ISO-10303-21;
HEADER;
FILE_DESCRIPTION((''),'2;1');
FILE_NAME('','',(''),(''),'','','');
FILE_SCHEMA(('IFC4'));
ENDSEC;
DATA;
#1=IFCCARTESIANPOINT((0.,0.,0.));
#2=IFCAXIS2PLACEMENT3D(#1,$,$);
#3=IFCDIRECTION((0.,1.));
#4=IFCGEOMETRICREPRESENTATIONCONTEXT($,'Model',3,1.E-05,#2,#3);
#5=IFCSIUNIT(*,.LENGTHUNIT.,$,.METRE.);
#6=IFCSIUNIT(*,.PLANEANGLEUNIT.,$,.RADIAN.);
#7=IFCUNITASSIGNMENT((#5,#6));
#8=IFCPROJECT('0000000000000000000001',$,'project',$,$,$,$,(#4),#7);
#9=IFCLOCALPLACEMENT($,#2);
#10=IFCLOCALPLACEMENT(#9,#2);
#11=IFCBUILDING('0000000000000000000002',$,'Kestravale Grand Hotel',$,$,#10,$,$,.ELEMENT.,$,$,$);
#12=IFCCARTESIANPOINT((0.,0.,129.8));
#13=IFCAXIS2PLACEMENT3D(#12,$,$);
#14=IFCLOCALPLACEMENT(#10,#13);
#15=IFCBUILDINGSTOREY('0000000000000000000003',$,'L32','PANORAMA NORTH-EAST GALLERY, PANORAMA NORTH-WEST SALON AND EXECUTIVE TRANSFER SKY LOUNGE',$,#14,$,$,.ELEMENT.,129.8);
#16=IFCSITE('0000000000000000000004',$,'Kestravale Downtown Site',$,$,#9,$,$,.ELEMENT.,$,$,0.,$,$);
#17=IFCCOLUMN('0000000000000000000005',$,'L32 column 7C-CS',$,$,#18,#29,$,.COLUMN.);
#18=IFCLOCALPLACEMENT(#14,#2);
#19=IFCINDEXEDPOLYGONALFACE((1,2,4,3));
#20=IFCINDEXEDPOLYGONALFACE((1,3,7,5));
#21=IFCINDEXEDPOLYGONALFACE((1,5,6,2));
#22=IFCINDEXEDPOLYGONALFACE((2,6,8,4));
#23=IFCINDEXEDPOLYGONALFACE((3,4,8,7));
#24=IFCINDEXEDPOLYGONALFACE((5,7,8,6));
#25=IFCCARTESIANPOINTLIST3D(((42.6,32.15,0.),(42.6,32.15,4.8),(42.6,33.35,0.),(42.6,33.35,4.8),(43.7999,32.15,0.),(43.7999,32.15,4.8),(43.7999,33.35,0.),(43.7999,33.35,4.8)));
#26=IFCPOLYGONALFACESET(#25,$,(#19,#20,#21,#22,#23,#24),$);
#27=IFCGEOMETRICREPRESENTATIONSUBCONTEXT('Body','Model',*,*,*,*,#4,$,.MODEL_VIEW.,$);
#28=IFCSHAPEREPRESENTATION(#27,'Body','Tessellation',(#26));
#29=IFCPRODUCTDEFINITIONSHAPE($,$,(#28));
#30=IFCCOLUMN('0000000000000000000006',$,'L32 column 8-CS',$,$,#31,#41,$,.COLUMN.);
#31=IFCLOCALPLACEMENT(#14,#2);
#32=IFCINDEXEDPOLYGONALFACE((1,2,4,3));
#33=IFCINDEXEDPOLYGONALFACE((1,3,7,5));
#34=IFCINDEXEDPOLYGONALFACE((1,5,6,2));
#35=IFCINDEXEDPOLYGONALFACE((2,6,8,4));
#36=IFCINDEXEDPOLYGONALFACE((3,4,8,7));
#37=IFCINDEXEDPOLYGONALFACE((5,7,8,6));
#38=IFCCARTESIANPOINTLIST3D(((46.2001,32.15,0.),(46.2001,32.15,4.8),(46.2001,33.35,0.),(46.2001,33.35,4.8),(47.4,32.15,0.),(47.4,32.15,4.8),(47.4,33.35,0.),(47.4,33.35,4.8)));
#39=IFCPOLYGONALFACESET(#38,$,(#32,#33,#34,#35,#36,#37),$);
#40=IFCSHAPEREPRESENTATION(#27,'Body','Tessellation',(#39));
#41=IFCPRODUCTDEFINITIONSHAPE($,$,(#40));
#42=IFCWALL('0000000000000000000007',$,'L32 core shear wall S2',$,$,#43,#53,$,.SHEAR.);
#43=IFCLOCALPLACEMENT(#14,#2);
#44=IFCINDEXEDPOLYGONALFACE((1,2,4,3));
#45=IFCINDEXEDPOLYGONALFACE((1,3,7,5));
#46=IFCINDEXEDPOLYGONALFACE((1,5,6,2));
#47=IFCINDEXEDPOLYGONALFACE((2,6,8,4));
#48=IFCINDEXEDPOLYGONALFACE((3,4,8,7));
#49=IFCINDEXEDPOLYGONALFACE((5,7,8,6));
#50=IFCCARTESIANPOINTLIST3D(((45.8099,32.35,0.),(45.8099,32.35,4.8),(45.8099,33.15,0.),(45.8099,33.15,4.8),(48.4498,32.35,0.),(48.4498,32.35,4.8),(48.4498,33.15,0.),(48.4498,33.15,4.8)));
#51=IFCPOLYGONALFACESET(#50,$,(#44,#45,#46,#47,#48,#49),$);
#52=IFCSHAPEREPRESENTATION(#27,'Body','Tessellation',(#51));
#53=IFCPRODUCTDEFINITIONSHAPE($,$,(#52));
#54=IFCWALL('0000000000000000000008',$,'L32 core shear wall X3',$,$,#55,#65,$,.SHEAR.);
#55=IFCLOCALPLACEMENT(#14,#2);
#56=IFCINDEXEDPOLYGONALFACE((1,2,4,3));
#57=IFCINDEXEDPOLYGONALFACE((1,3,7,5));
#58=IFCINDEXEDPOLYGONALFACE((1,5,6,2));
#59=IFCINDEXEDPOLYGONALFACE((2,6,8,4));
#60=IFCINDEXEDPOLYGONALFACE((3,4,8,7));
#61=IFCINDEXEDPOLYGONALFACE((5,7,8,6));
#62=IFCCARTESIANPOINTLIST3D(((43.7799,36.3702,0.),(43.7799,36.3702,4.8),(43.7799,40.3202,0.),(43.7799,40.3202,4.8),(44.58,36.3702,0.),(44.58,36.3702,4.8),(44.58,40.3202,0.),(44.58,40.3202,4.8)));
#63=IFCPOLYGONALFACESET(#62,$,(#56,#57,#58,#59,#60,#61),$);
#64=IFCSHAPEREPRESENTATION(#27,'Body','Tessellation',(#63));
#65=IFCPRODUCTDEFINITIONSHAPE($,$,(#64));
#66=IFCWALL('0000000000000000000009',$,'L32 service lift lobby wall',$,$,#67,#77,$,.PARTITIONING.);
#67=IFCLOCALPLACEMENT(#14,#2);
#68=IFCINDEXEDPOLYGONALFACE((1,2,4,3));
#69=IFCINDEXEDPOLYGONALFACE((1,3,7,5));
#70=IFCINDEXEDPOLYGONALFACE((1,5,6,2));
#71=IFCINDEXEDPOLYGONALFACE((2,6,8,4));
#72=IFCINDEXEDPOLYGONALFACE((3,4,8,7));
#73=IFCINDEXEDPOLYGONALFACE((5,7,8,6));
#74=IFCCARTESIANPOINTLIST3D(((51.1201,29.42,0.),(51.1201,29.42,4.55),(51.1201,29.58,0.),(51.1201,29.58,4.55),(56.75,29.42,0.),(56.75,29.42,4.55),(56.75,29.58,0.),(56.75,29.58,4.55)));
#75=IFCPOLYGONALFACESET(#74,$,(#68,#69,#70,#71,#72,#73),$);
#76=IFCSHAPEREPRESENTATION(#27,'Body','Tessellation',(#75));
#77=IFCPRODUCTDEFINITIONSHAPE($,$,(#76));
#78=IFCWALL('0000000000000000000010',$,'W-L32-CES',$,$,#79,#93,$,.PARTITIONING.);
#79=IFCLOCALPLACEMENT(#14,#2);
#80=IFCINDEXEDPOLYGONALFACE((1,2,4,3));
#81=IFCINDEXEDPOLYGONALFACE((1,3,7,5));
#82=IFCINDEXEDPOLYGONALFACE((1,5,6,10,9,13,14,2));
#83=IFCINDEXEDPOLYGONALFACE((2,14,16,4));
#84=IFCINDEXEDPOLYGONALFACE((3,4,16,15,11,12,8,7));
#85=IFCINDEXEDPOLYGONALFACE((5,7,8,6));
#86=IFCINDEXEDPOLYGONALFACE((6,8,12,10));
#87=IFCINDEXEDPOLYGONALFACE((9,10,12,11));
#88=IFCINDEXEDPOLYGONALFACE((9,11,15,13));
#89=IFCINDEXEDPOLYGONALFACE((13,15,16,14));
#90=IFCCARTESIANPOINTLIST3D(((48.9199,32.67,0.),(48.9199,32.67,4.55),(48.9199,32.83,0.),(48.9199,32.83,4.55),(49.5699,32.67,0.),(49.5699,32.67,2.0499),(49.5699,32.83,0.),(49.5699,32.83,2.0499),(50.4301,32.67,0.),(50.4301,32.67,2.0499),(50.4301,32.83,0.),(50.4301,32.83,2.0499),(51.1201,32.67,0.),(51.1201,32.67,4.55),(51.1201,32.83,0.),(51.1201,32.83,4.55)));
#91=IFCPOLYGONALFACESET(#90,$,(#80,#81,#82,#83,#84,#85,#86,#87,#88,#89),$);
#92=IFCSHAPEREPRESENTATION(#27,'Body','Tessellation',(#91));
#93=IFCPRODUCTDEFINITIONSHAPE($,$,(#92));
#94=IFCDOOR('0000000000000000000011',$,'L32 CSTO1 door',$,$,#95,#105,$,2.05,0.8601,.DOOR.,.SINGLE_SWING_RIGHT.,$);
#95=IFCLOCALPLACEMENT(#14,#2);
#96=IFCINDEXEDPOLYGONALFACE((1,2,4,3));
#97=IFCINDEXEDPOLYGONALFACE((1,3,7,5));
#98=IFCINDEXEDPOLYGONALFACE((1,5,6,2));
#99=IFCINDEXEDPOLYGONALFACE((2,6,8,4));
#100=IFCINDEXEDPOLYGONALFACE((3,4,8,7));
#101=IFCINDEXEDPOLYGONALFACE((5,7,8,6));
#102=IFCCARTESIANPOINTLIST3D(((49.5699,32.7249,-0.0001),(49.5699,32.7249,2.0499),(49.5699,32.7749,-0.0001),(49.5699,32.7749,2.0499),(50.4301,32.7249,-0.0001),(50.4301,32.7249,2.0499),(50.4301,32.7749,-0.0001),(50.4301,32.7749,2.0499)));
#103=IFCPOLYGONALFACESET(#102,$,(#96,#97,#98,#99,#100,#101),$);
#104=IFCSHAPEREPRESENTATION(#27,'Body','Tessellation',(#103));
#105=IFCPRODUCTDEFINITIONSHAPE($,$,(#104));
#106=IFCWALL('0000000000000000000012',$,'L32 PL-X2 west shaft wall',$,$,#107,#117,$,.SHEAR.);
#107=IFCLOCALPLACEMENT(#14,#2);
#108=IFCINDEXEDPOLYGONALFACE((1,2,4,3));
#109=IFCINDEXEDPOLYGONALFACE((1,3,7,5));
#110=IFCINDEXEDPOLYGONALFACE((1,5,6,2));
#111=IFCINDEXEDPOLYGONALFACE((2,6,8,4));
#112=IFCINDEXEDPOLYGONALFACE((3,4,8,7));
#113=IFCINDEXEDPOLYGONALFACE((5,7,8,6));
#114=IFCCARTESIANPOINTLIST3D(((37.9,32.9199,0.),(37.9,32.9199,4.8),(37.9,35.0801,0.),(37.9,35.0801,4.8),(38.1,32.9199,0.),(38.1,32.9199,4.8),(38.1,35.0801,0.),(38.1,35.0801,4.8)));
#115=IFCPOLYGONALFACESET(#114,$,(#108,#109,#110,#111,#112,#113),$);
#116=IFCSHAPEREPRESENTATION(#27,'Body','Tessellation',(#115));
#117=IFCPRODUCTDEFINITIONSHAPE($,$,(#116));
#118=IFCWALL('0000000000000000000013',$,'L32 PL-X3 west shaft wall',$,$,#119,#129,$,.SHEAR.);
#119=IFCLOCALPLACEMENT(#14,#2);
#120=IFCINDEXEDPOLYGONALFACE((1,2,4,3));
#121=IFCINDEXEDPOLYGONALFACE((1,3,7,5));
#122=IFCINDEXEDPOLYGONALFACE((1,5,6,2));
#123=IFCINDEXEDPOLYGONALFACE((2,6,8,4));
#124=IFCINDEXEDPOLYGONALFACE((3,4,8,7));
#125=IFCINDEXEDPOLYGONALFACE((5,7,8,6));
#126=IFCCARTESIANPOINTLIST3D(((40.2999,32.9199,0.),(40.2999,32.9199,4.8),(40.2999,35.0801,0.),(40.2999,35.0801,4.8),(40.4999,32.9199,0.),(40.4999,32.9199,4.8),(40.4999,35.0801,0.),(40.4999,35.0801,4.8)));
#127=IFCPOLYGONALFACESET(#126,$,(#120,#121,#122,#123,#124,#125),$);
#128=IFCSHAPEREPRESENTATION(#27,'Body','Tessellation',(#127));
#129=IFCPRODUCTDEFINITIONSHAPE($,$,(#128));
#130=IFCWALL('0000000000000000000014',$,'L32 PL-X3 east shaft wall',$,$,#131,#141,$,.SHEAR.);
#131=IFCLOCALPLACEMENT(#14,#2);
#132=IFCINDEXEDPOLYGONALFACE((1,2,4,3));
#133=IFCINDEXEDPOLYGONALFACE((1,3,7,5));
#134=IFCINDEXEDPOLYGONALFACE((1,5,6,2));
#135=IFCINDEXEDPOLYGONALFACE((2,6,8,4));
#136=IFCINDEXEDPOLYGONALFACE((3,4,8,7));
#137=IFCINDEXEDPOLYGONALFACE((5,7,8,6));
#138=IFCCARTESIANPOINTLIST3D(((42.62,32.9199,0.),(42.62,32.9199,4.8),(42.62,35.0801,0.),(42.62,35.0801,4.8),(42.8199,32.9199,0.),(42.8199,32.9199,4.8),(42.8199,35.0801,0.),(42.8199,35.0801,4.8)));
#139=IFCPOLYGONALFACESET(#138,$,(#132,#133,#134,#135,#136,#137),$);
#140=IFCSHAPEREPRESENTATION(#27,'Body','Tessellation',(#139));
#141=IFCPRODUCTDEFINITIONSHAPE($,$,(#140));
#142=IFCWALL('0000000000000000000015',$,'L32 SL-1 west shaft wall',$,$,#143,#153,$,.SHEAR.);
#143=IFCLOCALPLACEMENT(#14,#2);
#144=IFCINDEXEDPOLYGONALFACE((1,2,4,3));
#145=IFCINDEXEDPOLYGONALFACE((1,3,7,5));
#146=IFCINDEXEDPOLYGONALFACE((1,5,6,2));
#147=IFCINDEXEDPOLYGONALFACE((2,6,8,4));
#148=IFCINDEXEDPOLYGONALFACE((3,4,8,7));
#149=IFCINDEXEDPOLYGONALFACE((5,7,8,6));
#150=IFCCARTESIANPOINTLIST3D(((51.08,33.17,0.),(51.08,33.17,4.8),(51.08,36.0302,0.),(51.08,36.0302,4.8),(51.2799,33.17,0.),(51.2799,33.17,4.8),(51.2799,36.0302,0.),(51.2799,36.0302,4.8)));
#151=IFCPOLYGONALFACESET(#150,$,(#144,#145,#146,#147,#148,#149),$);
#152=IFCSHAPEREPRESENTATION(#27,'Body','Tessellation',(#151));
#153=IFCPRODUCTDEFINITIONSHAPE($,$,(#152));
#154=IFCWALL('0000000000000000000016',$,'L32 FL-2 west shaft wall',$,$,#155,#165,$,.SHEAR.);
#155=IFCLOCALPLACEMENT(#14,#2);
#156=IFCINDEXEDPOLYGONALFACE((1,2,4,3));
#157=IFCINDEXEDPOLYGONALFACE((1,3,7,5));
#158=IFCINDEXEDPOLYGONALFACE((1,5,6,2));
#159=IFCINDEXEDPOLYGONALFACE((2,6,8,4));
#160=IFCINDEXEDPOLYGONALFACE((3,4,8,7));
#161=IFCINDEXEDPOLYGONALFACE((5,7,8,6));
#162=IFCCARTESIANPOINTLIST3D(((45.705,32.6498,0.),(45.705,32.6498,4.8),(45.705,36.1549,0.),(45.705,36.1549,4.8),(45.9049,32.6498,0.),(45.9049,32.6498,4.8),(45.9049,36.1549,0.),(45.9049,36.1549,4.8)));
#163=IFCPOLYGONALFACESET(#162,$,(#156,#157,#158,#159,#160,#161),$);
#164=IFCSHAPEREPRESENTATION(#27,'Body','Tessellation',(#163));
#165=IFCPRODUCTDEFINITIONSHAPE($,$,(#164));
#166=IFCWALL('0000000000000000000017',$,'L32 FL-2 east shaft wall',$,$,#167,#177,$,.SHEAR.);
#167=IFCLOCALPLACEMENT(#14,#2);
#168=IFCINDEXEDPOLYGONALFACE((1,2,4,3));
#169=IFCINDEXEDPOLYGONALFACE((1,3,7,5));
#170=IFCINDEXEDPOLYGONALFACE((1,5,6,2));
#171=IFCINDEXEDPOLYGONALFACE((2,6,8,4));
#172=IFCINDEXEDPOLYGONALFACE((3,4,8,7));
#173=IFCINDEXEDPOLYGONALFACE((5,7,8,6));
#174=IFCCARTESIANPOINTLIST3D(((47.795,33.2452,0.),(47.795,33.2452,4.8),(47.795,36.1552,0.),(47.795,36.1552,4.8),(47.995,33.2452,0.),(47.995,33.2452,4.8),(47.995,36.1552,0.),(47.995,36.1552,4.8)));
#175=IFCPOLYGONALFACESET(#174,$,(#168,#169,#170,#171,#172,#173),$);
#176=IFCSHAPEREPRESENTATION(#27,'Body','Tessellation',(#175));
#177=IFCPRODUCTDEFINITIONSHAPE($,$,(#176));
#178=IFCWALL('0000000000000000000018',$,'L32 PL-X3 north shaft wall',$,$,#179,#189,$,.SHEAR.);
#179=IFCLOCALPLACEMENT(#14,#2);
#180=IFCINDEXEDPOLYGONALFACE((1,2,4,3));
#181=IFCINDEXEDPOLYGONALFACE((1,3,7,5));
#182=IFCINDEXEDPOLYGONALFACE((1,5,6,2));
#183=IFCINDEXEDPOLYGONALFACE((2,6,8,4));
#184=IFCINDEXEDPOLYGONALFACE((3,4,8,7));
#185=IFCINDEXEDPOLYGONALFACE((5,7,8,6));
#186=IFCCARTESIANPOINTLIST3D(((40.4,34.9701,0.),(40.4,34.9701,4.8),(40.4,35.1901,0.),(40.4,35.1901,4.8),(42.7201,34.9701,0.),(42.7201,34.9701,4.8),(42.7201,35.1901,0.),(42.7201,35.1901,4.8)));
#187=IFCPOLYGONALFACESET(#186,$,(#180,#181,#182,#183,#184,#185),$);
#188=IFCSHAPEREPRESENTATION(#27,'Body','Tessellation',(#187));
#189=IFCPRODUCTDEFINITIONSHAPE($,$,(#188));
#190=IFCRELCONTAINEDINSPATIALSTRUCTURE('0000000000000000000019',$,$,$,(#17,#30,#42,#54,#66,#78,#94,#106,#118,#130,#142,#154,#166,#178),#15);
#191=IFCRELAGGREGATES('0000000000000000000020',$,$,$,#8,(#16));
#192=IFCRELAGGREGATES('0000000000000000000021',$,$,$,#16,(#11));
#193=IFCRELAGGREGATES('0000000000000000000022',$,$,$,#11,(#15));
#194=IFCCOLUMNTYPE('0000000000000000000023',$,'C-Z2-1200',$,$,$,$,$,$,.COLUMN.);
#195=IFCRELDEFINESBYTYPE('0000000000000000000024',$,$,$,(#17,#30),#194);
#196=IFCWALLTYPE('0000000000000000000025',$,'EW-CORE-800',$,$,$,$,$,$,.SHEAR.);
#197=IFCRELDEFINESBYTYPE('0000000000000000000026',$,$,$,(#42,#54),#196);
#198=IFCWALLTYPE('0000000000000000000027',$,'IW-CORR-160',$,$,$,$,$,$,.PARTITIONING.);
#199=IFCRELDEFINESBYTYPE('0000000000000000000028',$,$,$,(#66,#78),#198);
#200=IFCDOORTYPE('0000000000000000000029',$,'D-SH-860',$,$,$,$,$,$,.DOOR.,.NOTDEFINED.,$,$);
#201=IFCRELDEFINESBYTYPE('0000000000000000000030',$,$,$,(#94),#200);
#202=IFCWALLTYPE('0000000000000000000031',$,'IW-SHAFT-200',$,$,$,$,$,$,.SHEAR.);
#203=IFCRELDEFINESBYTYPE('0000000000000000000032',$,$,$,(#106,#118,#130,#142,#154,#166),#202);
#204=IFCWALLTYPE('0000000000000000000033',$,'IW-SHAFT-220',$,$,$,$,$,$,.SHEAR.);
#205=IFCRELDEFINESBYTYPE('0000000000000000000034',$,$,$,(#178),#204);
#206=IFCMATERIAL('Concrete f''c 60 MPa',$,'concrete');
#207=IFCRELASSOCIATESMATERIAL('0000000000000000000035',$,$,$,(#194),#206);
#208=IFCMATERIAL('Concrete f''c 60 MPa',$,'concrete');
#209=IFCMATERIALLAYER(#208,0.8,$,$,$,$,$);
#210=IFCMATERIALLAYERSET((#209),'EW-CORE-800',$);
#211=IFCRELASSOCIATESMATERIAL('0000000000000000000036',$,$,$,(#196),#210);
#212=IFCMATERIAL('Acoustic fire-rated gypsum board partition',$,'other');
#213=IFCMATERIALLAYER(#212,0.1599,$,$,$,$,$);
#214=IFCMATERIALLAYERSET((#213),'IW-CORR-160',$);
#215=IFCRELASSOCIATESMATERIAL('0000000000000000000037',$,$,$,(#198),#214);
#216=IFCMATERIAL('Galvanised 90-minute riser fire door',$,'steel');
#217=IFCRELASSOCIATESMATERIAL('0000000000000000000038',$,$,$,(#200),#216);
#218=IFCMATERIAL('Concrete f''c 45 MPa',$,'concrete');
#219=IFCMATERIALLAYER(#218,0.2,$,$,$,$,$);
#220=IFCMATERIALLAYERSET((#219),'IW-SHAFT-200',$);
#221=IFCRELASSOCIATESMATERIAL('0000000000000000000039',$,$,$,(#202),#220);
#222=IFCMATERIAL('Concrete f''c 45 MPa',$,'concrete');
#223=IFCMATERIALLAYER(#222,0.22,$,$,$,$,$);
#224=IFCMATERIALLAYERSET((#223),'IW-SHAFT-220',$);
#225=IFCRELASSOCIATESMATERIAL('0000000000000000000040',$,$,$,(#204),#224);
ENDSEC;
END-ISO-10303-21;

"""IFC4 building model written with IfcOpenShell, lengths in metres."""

from ifc_helpers import new_model, si_unit, direction, frame, frame_2d, origin, origin_2d, place, context, subcontext, project, spatial, rectangle, extrude, material, layer, layer_set, material_profile, profile_set, type_object, element, fill, save


model = new_model("IFC4")

# Units and contexts
model_context = context("Model", 3, precision=1e-05, world=origin(), true_north=direction((0.0, 1.0)))
body_context = subcontext(model_context, "Body", "Model", "MODEL_VIEW")
ifc_project = project(units=[si_unit("LENGTHUNIT", "METRE"), si_unit("PLANEANGLEUNIT", "RADIAN")], contexts=[model_context])

# Site, building, storey
site_placement = place(None, origin())
site = spatial("IfcSite", under=ifc_project, at=site_placement, Name="Kestravale Downtown Site", CompositionType="ELEMENT", RefElevation=0.0)
building_placement = place(site_placement, origin())
building = spatial("IfcBuilding", under=site, at=building_placement, Name="Kestravale Grand Hotel", CompositionType="ELEMENT")
storey_placement = place(building_placement, frame((0.0, 0.0, 129.8)))
storey = spatial("IfcBuildingStorey", under=building, at=storey_placement, Name="L32", Description="PANORAMA NORTH-EAST GALLERY, PANORAMA NORTH-WEST SALON AND EXECUTIVE TRANSFER SKY LOUNGE", CompositionType="ELEMENT", Elevation=129.8)

# Columns
ifc_material_1 = material(Name="Concrete f'c 60 MPa", Category="concrete")
ifc_material_profile = material_profile(ifc_material_1, rectangle(XDim=1.2, YDim=1.2, at=origin_2d()))
ifc_profile_set = profile_set([ifc_material_profile], Name="Concrete f'c 60 MPa")
column_type = type_object("IfcColumnType", Name="C-Z2-1200", PredefinedType="COLUMN", material=ifc_profile_set)
for number, where, z_axis, x_axis, name in (
    (1, (43.2, 32.75, 0.0), (0.0, 0.0, 1.0), (1.0, 0.0, 0.0), "L32 column 7C-CS"),
    (2, (46.8, 32.75, 0.0), (0.0, 0.0, 1.0), (1.0, 0.0, 0.0), "L32 column 8-CS"),
):
    element("IfcColumn", number, at=place(storey_placement, frame(where, z_axis=z_axis, x_axis=x_axis)), inside=storey, type_object=column_type, Name=name, PredefinedType="COLUMN", context=body_context, shape_type="SweptSolid", body=[
        extrude(rectangle(XDim=1.2, YDim=1.2, at=origin_2d()), origin(), (0.0, 0.0, 1.0), 4.8),
    ])

# Walls
ifc_material_2 = material(Name="Concrete f'c 60 MPa", Category="concrete")
ifc_layer_1 = layer(ifc_material_2, 0.8)
ifc_layer_set_1 = layer_set([ifc_layer_1], Name="EW-CORE-800")
wall_type_1 = type_object("IfcWallType", Name="EW-CORE-800", PredefinedType="SHEAR", material=ifc_layer_set_1)
wall_1_placement = place(storey_placement, frame((45.8101, 32.75, 0.0), z_axis=(0.0, 0.0, 1.0), x_axis=(1.0, 0.0, 0.0)))
element("IfcWall", 3, at=wall_1_placement, inside=storey, type_object=wall_type_1, Name="L32 core shear wall S2", PredefinedType="SHEAR", context=body_context, shape_type="SweptSolid", body=[
    extrude(rectangle(XDim=2.6399, YDim=0.8, at=frame_2d((1.3198, 0.0))), origin(), (0.0, 0.0, 1.0), 4.8),
])
wall_2_placement = place(storey_placement, frame((44.1799, 36.3701, 0.0), z_axis=(0.0, 0.0, 1.0), x_axis=(0.0, 1.0, 0.0)))
element("IfcWall", 4, at=wall_2_placement, inside=storey, type_object=wall_type_1, Name="L32 core shear wall X3", PredefinedType="SHEAR", context=body_context, shape_type="SweptSolid", body=[
    extrude(rectangle(XDim=3.95, YDim=0.8, at=frame_2d((1.9751, 0.0))), origin(), (0.0, 0.0, 1.0), 4.8),
])

# Wall
ifc_material_3 = material(Name="Acoustic fire-rated gypsum board partition", Category="other")
ifc_layer_2 = layer(ifc_material_3, 0.1599)
ifc_layer_set_2 = layer_set([ifc_layer_2], Name="IW-CORR-160")
wall_type_2 = type_object("IfcWallType", Name="IW-CORR-160", PredefinedType="PARTITIONING", material=ifc_layer_set_2)
wall_3_placement = place(storey_placement, frame((51.1201, 29.5, 0.0), z_axis=(0.0, 0.0, 1.0), x_axis=(1.0, 0.0, 0.0)))
element("IfcWall", 5, at=wall_3_placement, inside=storey, type_object=wall_type_2, Name="L32 service lift lobby wall", PredefinedType="PARTITIONING", context=body_context, shape_type="SweptSolid", body=[
    extrude(rectangle(XDim=5.6299, YDim=0.1599, at=frame_2d((2.8149, 0.0))), origin(), (0.0, 0.0, 1.0), 4.55),
])

# Wall, opening, door
wall_4_placement = place(storey_placement, frame((48.9199, 32.75, 0.0), z_axis=(0.0, 0.0, 1.0), x_axis=(1.0, 0.0, 0.0)))
wall_4 = element("IfcWall", 6, at=wall_4_placement, inside=storey, type_object=wall_type_2, Name="W-L32-CES", PredefinedType="PARTITIONING", context=body_context, shape_type="SweptSolid", body=[
    extrude(rectangle(XDim=2.2002, YDim=0.1599, at=frame_2d((1.1001, 0.0))), origin(), (0.0, 0.0, 1.0), 4.55),
])
opening_1_placement = place(wall_4_placement, frame((0.6499, 0.0, 0.0)))
opening_1 = element("IfcOpeningElement", 7, at=opening_1_placement, cuts=wall_4, PredefinedType="OPENING", context=body_context, shape_type="SweptSolid", body=[
    extrude(rectangle(XDim=0.8601, YDim=2.05, at=frame_2d((0.4302, 1.0249))), frame((0.0, 0.0898, 0.0), z_axis=(0.0, -1.0, 0.0), x_axis=(1.0, 0.0, 0.0)), (0.0, 0.0, 1.0), 0.1799),
])
ifc_material_4 = material(Name="Galvanised 90-minute riser fire door", Category="steel")
door_type_1 = type_object("IfcDoorType", Name="D-SH-860", OperationType="NOTDEFINED", PredefinedType="DOOR", material=ifc_material_4)
door_1_placement = place(opening_1_placement, origin())
door_1 = element("IfcDoor", 8, at=door_1_placement, inside=storey, type_object=door_type_1, Name="L32 CSTO1 door", OperationType="SINGLE_SWING_RIGHT", OverallHeight=2.05, OverallWidth=0.8601, PredefinedType="DOOR", context=body_context, shape_type="SweptSolid", body=[
    extrude(rectangle(XDim=0.8601, YDim=2.05, at=frame_2d((0.4302, 1.0249))), frame((0.0, 0.0249, 0.0), z_axis=(0.0, -1.0, 0.0), x_axis=(1.0, 0.0, 0.0)), (0.0, 0.0, 1.0), 0.05),
])
fill(opening_1, door_1)

# Walls
ifc_material_5 = material(Name="Concrete f'c 45 MPa", Category="concrete")
ifc_layer_3 = layer(ifc_material_5, 0.2)
ifc_layer_set_3 = layer_set([ifc_layer_3], Name="IW-SHAFT-200")
wall_type_3 = type_object("IfcWallType", Name="IW-SHAFT-200", PredefinedType="SHEAR", material=ifc_layer_set_3)
for number, where, z_axis, x_axis, name in (
    (9, (38.0, 32.9199, 0.0), (0.0, 0.0, 1.0), (0.0, 1.0, 0.0), "L32 PL-X2 west shaft wall"),
    (10, (40.3999, 32.9199, 0.0), (0.0, 0.0, 1.0), (0.0, 1.0, 0.0), "L32 PL-X3 west shaft wall"),
    (11, (42.72, 32.9199, 0.0), (0.0, 0.0, 1.0), (0.0, 1.0, 0.0), "L32 PL-X3 east shaft wall"),
):
    element("IfcWall", number, at=place(storey_placement, frame(where, z_axis=z_axis, x_axis=x_axis)), inside=storey, type_object=wall_type_3, Name=name, PredefinedType="SHEAR", context=body_context, shape_type="SweptSolid", body=[
        extrude(rectangle(XDim=2.1602, YDim=0.2, at=frame_2d((1.0801, 0.0))), origin(), (0.0, 0.0, 1.0), 4.8),
    ])
wall_5_placement = place(storey_placement, frame((51.1799, 33.1699, 0.0), z_axis=(0.0, 0.0, 1.0), x_axis=(0.0, 1.0, 0.0)))
element("IfcWall", 12, at=wall_5_placement, inside=storey, type_object=wall_type_3, Name="L32 SL-1 west shaft wall", PredefinedType="SHEAR", context=body_context, shape_type="SweptSolid", body=[
    extrude(rectangle(XDim=2.8601, YDim=0.2, at=frame_2d((1.4302, 0.0))), origin(), (0.0, 0.0, 1.0), 4.8),
])
wall_6_placement = place(storey_placement, frame((45.8049, 32.6499, 0.0), z_axis=(0.0, 0.0, 1.0), x_axis=(0.0, 1.0, 0.0)))
element("IfcWall", 13, at=wall_6_placement, inside=storey, type_object=wall_type_3, Name="L32 FL-2 west shaft wall", PredefinedType="SHEAR", context=body_context, shape_type="SweptSolid", body=[
    extrude(rectangle(XDim=3.5051, YDim=0.2, at=frame_2d((1.7524, 0.0))), origin(), (0.0, 0.0, 1.0), 4.8),
])
wall_7_placement = place(storey_placement, frame((47.895, 33.2451, 0.0), z_axis=(0.0, 0.0, 1.0), x_axis=(0.0, 1.0, 0.0)))
element("IfcWall", 14, at=wall_7_placement, inside=storey, type_object=wall_type_3, Name="L32 FL-2 east shaft wall", PredefinedType="SHEAR", context=body_context, shape_type="SweptSolid", body=[
    extrude(rectangle(XDim=2.9099, YDim=0.2, at=frame_2d((1.4551, 0.0))), origin(), (0.0, 0.0, 1.0), 4.8),
])
ifc_material_6 = material(Name="Concrete f'c 45 MPa", Category="concrete")
ifc_layer_4 = layer(ifc_material_6, 0.22)
ifc_layer_set_4 = layer_set([ifc_layer_4], Name="IW-SHAFT-220")
wall_type_4 = type_object("IfcWallType", Name="IW-SHAFT-220", PredefinedType="SHEAR", material=ifc_layer_set_4)
wall_8_placement = place(storey_placement, frame((40.3999, 35.0801, 0.0), z_axis=(0.0, 0.0, 1.0), x_axis=(1.0, 0.0, 0.0)))
element("IfcWall", 15, at=wall_8_placement, inside=storey, type_object=wall_type_4, Name="L32 PL-X3 north shaft wall", PredefinedType="SHEAR", context=body_context, shape_type="SweptSolid", body=[
    extrude(rectangle(XDim=2.3201, YDim=0.22, at=frame_2d((1.1602, 0.0))), origin(), (0.0, 0.0, 1.0), 4.8),
])

save(model, "model.ifc")
